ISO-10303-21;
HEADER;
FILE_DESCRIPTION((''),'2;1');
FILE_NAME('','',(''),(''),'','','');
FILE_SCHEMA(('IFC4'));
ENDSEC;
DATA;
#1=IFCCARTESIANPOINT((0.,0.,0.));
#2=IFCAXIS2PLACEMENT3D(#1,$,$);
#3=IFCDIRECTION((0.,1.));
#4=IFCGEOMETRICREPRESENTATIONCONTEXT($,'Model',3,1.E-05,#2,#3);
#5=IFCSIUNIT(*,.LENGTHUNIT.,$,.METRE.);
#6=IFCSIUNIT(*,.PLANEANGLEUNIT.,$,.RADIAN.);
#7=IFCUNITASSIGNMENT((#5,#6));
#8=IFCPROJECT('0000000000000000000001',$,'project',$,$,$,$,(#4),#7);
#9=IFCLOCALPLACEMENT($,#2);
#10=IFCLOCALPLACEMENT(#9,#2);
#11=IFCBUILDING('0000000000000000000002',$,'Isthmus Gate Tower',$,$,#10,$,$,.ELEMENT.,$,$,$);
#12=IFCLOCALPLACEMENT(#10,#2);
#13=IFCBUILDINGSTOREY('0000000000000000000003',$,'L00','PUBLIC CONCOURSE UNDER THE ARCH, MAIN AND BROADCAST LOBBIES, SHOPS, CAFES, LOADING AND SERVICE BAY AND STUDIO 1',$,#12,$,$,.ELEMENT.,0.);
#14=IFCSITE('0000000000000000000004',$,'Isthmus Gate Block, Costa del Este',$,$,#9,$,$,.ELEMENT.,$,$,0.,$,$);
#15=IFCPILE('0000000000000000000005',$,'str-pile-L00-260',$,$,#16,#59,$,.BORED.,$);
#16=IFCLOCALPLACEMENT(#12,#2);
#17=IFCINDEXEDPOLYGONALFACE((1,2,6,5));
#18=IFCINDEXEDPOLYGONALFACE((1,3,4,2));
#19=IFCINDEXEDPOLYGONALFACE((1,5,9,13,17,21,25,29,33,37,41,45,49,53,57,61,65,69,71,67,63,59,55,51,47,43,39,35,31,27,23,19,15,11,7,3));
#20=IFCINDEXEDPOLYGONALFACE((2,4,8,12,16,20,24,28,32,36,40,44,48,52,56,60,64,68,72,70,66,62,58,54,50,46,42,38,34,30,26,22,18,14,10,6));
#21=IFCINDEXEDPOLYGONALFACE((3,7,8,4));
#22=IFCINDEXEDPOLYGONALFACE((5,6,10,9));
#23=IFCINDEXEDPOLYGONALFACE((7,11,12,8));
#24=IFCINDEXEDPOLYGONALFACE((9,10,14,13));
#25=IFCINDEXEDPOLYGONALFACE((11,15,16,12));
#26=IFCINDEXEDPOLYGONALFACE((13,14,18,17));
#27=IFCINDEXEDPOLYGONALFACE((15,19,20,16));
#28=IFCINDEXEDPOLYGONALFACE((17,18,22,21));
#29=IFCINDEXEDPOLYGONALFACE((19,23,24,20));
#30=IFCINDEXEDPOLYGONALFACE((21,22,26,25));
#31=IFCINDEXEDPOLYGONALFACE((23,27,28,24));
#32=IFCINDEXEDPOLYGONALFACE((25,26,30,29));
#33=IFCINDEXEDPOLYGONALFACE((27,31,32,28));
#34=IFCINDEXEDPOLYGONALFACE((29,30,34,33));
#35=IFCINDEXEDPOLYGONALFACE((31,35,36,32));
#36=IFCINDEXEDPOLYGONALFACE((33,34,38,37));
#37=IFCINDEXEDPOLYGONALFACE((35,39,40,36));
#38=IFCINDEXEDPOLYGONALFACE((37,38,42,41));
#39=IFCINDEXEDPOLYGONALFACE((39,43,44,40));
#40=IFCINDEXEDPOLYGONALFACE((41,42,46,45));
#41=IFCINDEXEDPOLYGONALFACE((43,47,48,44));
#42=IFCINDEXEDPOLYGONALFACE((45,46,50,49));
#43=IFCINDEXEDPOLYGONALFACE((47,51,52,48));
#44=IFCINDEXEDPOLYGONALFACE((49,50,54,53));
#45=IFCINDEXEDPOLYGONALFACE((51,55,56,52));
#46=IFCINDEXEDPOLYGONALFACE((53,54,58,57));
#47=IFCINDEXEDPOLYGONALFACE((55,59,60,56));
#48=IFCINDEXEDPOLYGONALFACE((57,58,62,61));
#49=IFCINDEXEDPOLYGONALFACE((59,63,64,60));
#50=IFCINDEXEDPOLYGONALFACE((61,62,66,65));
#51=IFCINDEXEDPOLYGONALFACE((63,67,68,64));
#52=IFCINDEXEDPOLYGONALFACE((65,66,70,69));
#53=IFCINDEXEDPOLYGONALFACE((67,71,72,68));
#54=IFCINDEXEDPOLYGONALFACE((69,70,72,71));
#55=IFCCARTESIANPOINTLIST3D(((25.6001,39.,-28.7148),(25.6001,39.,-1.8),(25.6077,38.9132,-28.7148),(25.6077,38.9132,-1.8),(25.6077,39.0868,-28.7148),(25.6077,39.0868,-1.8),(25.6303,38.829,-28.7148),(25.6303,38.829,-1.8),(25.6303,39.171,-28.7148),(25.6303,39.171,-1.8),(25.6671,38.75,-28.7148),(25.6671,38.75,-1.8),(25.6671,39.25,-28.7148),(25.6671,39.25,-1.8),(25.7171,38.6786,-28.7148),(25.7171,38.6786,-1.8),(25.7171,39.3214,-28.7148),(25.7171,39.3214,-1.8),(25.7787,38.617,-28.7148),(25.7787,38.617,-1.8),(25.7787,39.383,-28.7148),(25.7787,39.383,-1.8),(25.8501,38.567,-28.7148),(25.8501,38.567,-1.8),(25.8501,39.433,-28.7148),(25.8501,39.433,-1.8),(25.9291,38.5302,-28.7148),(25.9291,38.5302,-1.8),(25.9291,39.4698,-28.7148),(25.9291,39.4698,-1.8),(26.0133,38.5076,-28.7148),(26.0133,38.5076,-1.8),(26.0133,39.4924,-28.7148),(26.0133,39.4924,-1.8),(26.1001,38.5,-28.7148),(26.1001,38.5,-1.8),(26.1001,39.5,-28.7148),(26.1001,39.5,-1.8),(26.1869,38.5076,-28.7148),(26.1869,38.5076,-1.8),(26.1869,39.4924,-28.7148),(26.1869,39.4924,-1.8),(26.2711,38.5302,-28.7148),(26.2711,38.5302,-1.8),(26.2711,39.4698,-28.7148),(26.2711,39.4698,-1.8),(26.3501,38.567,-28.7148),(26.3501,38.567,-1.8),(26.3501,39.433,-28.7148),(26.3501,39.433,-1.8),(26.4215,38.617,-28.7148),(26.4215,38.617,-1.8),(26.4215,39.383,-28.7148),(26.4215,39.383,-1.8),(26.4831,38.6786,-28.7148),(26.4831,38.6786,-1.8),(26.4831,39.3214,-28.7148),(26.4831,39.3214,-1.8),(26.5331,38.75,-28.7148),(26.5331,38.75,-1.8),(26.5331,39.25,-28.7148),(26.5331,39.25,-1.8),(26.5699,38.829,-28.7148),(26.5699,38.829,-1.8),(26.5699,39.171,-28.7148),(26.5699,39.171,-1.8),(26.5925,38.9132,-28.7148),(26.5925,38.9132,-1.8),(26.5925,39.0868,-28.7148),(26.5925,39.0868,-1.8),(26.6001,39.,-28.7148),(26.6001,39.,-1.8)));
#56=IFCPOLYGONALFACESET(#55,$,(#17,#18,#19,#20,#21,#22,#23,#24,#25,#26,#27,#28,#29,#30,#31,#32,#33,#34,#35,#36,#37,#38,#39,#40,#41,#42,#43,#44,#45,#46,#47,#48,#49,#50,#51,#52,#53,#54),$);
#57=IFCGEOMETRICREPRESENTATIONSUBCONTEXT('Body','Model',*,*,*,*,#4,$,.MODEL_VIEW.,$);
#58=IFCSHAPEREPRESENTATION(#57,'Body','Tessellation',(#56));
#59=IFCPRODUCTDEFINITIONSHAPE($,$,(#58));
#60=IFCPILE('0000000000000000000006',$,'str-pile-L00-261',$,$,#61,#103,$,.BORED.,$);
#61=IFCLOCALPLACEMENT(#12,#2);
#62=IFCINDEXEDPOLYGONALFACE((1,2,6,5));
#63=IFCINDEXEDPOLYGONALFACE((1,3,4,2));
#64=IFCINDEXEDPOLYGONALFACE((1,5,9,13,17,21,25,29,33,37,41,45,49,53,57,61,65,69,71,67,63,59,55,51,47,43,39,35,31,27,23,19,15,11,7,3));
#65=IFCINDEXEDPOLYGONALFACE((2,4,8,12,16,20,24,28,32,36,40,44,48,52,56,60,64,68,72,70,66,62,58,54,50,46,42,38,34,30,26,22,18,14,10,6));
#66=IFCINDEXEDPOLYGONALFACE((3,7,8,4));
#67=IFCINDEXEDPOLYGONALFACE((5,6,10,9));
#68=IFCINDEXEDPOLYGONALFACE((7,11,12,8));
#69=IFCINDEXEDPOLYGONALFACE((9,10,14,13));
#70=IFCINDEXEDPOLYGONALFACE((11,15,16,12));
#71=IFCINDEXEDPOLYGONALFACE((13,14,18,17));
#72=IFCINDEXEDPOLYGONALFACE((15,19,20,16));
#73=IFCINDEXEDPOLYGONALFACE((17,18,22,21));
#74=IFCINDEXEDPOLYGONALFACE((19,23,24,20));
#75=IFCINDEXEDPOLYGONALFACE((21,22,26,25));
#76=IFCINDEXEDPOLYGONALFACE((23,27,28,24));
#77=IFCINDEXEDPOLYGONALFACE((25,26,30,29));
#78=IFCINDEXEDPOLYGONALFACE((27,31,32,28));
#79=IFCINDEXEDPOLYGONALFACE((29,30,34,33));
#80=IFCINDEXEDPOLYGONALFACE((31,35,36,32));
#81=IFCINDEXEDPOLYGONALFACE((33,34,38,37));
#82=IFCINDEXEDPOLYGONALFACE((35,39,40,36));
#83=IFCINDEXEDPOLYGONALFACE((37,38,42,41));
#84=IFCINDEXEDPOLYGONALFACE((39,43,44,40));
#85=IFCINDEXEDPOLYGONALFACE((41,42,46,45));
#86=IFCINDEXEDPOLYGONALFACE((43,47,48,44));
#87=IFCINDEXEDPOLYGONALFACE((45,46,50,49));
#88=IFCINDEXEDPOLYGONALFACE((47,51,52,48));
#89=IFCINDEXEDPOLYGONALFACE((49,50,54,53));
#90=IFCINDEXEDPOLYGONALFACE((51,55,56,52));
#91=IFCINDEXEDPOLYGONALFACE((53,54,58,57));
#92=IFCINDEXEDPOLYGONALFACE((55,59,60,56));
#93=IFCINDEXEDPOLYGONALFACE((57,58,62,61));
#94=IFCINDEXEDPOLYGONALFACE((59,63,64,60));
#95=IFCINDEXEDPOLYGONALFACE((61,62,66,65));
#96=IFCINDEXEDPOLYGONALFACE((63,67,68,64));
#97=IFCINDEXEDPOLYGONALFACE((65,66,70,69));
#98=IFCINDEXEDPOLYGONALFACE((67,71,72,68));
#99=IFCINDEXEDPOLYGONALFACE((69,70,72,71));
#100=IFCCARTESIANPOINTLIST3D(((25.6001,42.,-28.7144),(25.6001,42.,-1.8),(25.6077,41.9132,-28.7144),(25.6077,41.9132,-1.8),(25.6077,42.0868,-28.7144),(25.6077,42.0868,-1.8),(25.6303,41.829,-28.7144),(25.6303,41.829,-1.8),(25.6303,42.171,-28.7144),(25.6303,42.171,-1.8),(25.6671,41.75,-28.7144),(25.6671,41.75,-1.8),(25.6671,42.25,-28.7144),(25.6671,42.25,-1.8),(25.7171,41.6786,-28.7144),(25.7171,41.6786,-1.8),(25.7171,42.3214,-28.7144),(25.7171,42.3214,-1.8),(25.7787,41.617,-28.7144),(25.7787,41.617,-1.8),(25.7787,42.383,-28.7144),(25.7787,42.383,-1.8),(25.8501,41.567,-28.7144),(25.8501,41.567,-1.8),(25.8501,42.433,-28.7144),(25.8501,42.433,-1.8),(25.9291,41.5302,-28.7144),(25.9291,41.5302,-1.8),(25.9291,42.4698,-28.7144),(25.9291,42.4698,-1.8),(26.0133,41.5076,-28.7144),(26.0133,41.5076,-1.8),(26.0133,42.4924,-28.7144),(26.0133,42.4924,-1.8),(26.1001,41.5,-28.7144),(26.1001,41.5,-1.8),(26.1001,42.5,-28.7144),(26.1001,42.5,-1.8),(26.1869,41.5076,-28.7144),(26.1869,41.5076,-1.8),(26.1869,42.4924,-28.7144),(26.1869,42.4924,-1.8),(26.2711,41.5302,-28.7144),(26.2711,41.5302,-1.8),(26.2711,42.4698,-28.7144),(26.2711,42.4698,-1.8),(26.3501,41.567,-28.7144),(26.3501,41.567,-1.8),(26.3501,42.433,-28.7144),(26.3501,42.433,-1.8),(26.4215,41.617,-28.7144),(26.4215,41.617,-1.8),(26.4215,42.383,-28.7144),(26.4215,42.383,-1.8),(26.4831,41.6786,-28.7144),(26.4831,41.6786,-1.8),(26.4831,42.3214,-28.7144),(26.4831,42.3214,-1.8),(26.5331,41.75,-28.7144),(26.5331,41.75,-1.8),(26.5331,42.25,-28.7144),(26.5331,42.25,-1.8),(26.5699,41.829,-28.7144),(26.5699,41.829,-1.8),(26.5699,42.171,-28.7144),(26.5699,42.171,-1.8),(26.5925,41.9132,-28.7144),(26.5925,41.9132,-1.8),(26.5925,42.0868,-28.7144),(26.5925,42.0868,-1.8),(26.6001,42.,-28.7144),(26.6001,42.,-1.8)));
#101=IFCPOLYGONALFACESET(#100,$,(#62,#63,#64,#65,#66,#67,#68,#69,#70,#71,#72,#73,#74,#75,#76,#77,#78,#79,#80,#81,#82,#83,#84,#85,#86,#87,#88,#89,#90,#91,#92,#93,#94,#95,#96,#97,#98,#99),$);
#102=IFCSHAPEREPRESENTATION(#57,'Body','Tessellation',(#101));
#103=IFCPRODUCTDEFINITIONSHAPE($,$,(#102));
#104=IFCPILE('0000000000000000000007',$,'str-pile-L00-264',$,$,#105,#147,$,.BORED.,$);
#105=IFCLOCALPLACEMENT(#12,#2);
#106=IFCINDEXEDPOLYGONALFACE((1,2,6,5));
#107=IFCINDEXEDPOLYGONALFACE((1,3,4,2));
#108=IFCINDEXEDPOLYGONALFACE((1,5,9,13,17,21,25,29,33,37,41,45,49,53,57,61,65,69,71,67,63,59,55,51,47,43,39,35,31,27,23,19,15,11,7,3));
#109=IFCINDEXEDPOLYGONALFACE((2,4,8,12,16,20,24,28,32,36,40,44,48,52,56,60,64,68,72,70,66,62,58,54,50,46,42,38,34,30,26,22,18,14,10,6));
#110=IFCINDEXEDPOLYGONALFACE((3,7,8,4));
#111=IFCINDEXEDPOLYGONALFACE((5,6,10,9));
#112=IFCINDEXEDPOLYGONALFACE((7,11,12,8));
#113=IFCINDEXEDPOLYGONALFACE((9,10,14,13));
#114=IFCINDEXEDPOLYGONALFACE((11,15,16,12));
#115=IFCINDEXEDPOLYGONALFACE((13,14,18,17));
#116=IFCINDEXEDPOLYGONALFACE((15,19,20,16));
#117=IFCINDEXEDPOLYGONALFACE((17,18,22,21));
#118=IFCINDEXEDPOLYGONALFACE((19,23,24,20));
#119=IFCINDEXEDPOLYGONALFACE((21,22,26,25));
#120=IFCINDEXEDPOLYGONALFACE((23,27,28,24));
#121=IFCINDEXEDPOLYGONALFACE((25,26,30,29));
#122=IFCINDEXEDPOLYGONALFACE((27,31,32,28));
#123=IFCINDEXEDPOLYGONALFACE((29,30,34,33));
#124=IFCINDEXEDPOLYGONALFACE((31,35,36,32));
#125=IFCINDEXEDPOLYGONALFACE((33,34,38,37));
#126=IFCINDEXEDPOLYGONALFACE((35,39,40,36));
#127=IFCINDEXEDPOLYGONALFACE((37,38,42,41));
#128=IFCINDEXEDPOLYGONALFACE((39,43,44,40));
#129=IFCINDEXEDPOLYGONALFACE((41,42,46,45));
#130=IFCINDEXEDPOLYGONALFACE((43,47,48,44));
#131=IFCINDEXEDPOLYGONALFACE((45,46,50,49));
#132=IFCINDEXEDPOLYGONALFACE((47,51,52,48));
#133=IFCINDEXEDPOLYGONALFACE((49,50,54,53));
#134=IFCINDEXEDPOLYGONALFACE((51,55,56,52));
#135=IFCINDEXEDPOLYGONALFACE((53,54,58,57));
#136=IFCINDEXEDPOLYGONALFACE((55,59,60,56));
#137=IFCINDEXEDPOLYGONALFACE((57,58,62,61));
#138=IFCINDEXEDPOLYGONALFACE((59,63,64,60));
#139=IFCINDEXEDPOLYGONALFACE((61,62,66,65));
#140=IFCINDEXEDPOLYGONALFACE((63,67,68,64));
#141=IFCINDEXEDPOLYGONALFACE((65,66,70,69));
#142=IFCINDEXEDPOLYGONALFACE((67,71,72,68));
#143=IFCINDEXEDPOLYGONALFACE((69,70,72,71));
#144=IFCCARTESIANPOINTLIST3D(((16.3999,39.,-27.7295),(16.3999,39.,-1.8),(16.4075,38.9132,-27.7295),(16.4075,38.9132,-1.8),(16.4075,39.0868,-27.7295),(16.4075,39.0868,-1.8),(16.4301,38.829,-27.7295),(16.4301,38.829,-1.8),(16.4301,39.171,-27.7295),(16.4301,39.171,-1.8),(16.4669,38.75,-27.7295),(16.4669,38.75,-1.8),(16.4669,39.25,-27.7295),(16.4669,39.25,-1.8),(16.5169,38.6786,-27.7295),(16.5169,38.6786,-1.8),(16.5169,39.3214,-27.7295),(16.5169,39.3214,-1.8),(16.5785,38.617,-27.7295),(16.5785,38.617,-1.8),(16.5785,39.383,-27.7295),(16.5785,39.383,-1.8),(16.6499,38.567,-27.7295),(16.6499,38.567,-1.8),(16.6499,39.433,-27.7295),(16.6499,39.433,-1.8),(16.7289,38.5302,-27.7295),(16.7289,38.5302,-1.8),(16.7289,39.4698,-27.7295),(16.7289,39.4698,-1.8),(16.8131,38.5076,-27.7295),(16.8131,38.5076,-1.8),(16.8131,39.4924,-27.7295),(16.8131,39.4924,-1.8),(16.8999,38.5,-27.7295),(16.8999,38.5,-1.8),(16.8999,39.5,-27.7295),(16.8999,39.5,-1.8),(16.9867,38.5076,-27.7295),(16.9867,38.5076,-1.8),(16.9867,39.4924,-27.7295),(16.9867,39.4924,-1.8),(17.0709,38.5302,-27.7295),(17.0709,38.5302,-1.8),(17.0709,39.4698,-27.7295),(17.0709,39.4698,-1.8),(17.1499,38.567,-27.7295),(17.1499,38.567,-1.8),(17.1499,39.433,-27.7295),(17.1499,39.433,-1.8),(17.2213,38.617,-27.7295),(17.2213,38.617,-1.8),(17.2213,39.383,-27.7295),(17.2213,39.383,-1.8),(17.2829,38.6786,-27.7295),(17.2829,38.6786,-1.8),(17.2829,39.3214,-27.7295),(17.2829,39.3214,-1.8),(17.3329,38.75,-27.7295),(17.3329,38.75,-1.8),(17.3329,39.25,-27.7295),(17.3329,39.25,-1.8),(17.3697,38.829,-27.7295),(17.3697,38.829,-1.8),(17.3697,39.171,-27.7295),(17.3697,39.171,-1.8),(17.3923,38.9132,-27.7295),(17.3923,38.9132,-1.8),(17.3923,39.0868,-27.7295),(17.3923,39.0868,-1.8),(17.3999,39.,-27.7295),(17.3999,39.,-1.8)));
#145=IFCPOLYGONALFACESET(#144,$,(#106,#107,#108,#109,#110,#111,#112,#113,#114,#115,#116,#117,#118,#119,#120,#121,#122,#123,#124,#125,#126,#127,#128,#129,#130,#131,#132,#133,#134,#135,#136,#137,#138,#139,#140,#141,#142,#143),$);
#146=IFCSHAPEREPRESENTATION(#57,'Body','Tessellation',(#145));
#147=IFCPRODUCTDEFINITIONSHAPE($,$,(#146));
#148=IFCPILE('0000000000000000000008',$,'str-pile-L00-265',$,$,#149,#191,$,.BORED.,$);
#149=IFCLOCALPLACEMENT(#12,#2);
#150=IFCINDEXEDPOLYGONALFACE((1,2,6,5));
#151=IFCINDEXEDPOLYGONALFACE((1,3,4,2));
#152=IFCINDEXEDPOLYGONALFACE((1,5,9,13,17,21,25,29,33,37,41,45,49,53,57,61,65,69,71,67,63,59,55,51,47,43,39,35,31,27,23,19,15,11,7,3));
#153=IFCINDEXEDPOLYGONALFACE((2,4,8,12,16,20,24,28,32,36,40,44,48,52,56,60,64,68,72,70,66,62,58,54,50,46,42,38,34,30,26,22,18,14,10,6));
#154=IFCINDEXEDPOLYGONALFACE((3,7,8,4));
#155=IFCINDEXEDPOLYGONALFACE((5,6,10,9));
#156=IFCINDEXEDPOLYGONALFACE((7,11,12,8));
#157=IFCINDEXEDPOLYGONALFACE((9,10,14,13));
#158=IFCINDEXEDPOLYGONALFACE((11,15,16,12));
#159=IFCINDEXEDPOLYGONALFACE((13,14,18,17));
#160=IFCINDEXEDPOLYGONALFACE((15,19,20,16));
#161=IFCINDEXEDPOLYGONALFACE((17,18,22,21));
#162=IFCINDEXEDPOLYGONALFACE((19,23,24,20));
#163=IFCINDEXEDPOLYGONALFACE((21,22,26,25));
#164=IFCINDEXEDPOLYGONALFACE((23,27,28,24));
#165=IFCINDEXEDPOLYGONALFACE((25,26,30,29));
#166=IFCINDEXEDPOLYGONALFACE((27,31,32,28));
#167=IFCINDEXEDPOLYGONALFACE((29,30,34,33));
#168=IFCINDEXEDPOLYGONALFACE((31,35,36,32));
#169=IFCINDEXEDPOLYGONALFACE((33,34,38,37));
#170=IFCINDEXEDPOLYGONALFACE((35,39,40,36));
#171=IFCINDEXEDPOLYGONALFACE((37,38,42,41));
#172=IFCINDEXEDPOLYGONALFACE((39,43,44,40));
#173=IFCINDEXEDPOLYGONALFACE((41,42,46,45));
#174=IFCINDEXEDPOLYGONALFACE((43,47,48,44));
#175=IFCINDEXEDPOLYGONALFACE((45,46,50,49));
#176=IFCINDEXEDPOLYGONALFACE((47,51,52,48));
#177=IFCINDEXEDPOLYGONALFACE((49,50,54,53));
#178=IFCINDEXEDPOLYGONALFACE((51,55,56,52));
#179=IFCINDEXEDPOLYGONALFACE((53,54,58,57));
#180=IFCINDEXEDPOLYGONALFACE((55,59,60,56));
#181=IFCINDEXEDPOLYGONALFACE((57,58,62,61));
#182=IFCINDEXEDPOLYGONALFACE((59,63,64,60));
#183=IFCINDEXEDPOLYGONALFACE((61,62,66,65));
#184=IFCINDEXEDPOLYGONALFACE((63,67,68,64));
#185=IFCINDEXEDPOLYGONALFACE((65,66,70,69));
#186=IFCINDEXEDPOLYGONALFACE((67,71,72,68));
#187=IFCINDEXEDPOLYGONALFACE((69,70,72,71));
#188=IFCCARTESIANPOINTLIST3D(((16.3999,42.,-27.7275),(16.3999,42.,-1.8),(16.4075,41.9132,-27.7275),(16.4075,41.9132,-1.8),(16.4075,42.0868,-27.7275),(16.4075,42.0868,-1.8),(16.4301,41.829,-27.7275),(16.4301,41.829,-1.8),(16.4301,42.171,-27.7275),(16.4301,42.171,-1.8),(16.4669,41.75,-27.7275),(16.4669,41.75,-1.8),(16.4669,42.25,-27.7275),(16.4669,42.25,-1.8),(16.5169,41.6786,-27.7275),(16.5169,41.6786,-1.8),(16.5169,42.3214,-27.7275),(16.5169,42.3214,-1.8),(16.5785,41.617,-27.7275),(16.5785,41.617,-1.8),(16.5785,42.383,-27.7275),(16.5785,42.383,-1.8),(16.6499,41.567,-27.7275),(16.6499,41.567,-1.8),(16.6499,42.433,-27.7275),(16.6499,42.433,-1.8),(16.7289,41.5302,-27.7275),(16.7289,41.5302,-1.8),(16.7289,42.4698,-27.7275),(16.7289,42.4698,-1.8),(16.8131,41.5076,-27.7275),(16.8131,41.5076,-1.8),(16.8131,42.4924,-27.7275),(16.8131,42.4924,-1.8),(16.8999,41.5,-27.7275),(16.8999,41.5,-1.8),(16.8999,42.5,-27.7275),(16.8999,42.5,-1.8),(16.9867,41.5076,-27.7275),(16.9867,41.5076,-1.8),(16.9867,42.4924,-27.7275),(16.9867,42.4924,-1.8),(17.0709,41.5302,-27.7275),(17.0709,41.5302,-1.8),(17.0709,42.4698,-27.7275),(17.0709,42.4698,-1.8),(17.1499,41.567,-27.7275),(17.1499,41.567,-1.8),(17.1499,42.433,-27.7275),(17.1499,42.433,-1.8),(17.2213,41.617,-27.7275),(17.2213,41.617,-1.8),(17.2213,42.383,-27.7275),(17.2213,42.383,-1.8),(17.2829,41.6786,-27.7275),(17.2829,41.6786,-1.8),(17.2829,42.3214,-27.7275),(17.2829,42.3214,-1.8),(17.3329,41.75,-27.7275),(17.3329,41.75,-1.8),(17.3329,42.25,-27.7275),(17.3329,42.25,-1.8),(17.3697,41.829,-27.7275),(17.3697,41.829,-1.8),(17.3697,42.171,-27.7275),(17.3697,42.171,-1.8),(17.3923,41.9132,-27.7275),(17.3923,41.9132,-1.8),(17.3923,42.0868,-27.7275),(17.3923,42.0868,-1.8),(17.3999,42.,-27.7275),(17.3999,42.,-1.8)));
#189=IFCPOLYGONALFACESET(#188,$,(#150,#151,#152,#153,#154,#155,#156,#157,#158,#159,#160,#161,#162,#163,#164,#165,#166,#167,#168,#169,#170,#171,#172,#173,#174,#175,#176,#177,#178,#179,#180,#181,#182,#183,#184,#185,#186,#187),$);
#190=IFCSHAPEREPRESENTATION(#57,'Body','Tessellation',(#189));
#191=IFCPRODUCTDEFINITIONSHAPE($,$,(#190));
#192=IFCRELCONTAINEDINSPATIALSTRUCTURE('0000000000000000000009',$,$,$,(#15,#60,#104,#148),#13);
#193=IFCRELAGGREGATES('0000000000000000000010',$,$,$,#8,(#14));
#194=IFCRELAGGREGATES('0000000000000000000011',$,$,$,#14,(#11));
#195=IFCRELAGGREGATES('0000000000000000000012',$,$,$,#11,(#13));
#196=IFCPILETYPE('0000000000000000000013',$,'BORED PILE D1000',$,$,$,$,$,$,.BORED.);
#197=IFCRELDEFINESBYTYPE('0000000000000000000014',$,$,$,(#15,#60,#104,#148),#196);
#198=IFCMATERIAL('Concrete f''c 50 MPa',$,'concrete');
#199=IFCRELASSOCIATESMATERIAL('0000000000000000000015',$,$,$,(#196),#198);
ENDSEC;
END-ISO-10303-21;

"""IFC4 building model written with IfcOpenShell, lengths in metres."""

from ifc_helpers import new_model, si_unit, direction, frame, origin, origin_2d, place, context, subcontext, project, spatial, circle, extrude, material, material_profile, profile_set, type_object, element, save


model = new_model("IFC4")

# Units and contexts
model_context = context("Model", 3, precision=1e-05, world=origin(), true_north=direction((0.0, 1.0)))
body_context = subcontext(model_context, "Body", "Model", "MODEL_VIEW")
ifc_project = project(units=[si_unit("LENGTHUNIT", "METRE"), si_unit("PLANEANGLEUNIT", "RADIAN")], contexts=[model_context])

# Site, building, storey
site_placement = place(None, origin())
site = spatial("IfcSite", under=ifc_project, at=site_placement, Name="Isthmus Gate Block, Costa del Este", CompositionType="ELEMENT", RefElevation=0.0)
building_placement = place(site_placement, origin())
building = spatial("IfcBuilding", under=site, at=building_placement, Name="Isthmus Gate Tower", CompositionType="ELEMENT")
storey_placement = place(building_placement, origin())
storey = spatial("IfcBuildingStorey", under=building, at=storey_placement, Name="L00", Description="PUBLIC CONCOURSE UNDER THE ARCH, MAIN AND BROADCAST LOBBIES, SHOPS, CAFES, LOADING AND SERVICE BAY AND STUDIO 1", CompositionType="ELEMENT", Elevation=0.0)

# Piles
ifc_material_1 = material(Name="Concrete f'c 50 MPa", Category="concrete")
ifc_material_profile_1 = material_profile(ifc_material_1, circle(Radius=0.5, at=origin_2d()), Name="D1000")
ifc_profile_set_1 = profile_set([ifc_material_profile_1], Name="Concrete f'c 50 MPa")
pile_type_1 = type_object("IfcPileType", Name="BORED PILE D1000", PredefinedType="BORED", material=ifc_profile_set_1)
pile_1_placement = place(storey_placement, frame((26.1001, 39.0, -1.8), z_axis=(0.0, 0.0, -1.0), x_axis=(1.0, 0.0, 0.0)))
element("IfcPile", 1, at=pile_1_placement, inside=storey, type_object=pile_type_1, Name="str-pile-L00-260", PredefinedType="BORED", context=body_context, shape_type="SweptSolid", body=[
    extrude(circle(Radius=0.5, at=origin_2d()), origin(), (0.0, 0.0, 1.0), 26.9148),
])
pile_2_placement = place(storey_placement, frame((26.1001, 42.0, -1.8), z_axis=(0.0, 0.0, -1.0), x_axis=(1.0, 0.0, 0.0)))
element("IfcPile", 2, at=pile_2_placement, inside=storey, type_object=pile_type_1, Name="str-pile-L00-261", PredefinedType="BORED", context=body_context, shape_type="SweptSolid", body=[
    extrude(circle(Radius=0.5, at=origin_2d()), origin(), (0.0, 0.0, 1.0), 26.9143),
])
pile_3_placement = place(storey_placement, frame((16.8999, 39.0, -1.8), z_axis=(0.0, 0.0, -1.0), x_axis=(1.0, 0.0, 0.0)))
element("IfcPile", 3, at=pile_3_placement, inside=storey, type_object=pile_type_1, Name="str-pile-L00-264", PredefinedType="BORED", context=body_context, shape_type="SweptSolid", body=[
    extrude(circle(Radius=0.5, at=origin_2d()), origin(), (0.0, 0.0, 1.0), 25.9294),
])
pile_4_placement = place(storey_placement, frame((16.8999, 42.0, -1.8), z_axis=(0.0, 0.0, -1.0), x_axis=(1.0, 0.0, 0.0)))
element("IfcPile", 4, at=pile_4_placement, inside=storey, type_object=pile_type_1, Name="str-pile-L00-265", PredefinedType="BORED", context=body_context, shape_type="SweptSolid", body=[
    extrude(circle(Radius=0.5, at=origin_2d()), origin(), (0.0, 0.0, 1.0), 25.9275),
])

save(model, "model.ifc")
